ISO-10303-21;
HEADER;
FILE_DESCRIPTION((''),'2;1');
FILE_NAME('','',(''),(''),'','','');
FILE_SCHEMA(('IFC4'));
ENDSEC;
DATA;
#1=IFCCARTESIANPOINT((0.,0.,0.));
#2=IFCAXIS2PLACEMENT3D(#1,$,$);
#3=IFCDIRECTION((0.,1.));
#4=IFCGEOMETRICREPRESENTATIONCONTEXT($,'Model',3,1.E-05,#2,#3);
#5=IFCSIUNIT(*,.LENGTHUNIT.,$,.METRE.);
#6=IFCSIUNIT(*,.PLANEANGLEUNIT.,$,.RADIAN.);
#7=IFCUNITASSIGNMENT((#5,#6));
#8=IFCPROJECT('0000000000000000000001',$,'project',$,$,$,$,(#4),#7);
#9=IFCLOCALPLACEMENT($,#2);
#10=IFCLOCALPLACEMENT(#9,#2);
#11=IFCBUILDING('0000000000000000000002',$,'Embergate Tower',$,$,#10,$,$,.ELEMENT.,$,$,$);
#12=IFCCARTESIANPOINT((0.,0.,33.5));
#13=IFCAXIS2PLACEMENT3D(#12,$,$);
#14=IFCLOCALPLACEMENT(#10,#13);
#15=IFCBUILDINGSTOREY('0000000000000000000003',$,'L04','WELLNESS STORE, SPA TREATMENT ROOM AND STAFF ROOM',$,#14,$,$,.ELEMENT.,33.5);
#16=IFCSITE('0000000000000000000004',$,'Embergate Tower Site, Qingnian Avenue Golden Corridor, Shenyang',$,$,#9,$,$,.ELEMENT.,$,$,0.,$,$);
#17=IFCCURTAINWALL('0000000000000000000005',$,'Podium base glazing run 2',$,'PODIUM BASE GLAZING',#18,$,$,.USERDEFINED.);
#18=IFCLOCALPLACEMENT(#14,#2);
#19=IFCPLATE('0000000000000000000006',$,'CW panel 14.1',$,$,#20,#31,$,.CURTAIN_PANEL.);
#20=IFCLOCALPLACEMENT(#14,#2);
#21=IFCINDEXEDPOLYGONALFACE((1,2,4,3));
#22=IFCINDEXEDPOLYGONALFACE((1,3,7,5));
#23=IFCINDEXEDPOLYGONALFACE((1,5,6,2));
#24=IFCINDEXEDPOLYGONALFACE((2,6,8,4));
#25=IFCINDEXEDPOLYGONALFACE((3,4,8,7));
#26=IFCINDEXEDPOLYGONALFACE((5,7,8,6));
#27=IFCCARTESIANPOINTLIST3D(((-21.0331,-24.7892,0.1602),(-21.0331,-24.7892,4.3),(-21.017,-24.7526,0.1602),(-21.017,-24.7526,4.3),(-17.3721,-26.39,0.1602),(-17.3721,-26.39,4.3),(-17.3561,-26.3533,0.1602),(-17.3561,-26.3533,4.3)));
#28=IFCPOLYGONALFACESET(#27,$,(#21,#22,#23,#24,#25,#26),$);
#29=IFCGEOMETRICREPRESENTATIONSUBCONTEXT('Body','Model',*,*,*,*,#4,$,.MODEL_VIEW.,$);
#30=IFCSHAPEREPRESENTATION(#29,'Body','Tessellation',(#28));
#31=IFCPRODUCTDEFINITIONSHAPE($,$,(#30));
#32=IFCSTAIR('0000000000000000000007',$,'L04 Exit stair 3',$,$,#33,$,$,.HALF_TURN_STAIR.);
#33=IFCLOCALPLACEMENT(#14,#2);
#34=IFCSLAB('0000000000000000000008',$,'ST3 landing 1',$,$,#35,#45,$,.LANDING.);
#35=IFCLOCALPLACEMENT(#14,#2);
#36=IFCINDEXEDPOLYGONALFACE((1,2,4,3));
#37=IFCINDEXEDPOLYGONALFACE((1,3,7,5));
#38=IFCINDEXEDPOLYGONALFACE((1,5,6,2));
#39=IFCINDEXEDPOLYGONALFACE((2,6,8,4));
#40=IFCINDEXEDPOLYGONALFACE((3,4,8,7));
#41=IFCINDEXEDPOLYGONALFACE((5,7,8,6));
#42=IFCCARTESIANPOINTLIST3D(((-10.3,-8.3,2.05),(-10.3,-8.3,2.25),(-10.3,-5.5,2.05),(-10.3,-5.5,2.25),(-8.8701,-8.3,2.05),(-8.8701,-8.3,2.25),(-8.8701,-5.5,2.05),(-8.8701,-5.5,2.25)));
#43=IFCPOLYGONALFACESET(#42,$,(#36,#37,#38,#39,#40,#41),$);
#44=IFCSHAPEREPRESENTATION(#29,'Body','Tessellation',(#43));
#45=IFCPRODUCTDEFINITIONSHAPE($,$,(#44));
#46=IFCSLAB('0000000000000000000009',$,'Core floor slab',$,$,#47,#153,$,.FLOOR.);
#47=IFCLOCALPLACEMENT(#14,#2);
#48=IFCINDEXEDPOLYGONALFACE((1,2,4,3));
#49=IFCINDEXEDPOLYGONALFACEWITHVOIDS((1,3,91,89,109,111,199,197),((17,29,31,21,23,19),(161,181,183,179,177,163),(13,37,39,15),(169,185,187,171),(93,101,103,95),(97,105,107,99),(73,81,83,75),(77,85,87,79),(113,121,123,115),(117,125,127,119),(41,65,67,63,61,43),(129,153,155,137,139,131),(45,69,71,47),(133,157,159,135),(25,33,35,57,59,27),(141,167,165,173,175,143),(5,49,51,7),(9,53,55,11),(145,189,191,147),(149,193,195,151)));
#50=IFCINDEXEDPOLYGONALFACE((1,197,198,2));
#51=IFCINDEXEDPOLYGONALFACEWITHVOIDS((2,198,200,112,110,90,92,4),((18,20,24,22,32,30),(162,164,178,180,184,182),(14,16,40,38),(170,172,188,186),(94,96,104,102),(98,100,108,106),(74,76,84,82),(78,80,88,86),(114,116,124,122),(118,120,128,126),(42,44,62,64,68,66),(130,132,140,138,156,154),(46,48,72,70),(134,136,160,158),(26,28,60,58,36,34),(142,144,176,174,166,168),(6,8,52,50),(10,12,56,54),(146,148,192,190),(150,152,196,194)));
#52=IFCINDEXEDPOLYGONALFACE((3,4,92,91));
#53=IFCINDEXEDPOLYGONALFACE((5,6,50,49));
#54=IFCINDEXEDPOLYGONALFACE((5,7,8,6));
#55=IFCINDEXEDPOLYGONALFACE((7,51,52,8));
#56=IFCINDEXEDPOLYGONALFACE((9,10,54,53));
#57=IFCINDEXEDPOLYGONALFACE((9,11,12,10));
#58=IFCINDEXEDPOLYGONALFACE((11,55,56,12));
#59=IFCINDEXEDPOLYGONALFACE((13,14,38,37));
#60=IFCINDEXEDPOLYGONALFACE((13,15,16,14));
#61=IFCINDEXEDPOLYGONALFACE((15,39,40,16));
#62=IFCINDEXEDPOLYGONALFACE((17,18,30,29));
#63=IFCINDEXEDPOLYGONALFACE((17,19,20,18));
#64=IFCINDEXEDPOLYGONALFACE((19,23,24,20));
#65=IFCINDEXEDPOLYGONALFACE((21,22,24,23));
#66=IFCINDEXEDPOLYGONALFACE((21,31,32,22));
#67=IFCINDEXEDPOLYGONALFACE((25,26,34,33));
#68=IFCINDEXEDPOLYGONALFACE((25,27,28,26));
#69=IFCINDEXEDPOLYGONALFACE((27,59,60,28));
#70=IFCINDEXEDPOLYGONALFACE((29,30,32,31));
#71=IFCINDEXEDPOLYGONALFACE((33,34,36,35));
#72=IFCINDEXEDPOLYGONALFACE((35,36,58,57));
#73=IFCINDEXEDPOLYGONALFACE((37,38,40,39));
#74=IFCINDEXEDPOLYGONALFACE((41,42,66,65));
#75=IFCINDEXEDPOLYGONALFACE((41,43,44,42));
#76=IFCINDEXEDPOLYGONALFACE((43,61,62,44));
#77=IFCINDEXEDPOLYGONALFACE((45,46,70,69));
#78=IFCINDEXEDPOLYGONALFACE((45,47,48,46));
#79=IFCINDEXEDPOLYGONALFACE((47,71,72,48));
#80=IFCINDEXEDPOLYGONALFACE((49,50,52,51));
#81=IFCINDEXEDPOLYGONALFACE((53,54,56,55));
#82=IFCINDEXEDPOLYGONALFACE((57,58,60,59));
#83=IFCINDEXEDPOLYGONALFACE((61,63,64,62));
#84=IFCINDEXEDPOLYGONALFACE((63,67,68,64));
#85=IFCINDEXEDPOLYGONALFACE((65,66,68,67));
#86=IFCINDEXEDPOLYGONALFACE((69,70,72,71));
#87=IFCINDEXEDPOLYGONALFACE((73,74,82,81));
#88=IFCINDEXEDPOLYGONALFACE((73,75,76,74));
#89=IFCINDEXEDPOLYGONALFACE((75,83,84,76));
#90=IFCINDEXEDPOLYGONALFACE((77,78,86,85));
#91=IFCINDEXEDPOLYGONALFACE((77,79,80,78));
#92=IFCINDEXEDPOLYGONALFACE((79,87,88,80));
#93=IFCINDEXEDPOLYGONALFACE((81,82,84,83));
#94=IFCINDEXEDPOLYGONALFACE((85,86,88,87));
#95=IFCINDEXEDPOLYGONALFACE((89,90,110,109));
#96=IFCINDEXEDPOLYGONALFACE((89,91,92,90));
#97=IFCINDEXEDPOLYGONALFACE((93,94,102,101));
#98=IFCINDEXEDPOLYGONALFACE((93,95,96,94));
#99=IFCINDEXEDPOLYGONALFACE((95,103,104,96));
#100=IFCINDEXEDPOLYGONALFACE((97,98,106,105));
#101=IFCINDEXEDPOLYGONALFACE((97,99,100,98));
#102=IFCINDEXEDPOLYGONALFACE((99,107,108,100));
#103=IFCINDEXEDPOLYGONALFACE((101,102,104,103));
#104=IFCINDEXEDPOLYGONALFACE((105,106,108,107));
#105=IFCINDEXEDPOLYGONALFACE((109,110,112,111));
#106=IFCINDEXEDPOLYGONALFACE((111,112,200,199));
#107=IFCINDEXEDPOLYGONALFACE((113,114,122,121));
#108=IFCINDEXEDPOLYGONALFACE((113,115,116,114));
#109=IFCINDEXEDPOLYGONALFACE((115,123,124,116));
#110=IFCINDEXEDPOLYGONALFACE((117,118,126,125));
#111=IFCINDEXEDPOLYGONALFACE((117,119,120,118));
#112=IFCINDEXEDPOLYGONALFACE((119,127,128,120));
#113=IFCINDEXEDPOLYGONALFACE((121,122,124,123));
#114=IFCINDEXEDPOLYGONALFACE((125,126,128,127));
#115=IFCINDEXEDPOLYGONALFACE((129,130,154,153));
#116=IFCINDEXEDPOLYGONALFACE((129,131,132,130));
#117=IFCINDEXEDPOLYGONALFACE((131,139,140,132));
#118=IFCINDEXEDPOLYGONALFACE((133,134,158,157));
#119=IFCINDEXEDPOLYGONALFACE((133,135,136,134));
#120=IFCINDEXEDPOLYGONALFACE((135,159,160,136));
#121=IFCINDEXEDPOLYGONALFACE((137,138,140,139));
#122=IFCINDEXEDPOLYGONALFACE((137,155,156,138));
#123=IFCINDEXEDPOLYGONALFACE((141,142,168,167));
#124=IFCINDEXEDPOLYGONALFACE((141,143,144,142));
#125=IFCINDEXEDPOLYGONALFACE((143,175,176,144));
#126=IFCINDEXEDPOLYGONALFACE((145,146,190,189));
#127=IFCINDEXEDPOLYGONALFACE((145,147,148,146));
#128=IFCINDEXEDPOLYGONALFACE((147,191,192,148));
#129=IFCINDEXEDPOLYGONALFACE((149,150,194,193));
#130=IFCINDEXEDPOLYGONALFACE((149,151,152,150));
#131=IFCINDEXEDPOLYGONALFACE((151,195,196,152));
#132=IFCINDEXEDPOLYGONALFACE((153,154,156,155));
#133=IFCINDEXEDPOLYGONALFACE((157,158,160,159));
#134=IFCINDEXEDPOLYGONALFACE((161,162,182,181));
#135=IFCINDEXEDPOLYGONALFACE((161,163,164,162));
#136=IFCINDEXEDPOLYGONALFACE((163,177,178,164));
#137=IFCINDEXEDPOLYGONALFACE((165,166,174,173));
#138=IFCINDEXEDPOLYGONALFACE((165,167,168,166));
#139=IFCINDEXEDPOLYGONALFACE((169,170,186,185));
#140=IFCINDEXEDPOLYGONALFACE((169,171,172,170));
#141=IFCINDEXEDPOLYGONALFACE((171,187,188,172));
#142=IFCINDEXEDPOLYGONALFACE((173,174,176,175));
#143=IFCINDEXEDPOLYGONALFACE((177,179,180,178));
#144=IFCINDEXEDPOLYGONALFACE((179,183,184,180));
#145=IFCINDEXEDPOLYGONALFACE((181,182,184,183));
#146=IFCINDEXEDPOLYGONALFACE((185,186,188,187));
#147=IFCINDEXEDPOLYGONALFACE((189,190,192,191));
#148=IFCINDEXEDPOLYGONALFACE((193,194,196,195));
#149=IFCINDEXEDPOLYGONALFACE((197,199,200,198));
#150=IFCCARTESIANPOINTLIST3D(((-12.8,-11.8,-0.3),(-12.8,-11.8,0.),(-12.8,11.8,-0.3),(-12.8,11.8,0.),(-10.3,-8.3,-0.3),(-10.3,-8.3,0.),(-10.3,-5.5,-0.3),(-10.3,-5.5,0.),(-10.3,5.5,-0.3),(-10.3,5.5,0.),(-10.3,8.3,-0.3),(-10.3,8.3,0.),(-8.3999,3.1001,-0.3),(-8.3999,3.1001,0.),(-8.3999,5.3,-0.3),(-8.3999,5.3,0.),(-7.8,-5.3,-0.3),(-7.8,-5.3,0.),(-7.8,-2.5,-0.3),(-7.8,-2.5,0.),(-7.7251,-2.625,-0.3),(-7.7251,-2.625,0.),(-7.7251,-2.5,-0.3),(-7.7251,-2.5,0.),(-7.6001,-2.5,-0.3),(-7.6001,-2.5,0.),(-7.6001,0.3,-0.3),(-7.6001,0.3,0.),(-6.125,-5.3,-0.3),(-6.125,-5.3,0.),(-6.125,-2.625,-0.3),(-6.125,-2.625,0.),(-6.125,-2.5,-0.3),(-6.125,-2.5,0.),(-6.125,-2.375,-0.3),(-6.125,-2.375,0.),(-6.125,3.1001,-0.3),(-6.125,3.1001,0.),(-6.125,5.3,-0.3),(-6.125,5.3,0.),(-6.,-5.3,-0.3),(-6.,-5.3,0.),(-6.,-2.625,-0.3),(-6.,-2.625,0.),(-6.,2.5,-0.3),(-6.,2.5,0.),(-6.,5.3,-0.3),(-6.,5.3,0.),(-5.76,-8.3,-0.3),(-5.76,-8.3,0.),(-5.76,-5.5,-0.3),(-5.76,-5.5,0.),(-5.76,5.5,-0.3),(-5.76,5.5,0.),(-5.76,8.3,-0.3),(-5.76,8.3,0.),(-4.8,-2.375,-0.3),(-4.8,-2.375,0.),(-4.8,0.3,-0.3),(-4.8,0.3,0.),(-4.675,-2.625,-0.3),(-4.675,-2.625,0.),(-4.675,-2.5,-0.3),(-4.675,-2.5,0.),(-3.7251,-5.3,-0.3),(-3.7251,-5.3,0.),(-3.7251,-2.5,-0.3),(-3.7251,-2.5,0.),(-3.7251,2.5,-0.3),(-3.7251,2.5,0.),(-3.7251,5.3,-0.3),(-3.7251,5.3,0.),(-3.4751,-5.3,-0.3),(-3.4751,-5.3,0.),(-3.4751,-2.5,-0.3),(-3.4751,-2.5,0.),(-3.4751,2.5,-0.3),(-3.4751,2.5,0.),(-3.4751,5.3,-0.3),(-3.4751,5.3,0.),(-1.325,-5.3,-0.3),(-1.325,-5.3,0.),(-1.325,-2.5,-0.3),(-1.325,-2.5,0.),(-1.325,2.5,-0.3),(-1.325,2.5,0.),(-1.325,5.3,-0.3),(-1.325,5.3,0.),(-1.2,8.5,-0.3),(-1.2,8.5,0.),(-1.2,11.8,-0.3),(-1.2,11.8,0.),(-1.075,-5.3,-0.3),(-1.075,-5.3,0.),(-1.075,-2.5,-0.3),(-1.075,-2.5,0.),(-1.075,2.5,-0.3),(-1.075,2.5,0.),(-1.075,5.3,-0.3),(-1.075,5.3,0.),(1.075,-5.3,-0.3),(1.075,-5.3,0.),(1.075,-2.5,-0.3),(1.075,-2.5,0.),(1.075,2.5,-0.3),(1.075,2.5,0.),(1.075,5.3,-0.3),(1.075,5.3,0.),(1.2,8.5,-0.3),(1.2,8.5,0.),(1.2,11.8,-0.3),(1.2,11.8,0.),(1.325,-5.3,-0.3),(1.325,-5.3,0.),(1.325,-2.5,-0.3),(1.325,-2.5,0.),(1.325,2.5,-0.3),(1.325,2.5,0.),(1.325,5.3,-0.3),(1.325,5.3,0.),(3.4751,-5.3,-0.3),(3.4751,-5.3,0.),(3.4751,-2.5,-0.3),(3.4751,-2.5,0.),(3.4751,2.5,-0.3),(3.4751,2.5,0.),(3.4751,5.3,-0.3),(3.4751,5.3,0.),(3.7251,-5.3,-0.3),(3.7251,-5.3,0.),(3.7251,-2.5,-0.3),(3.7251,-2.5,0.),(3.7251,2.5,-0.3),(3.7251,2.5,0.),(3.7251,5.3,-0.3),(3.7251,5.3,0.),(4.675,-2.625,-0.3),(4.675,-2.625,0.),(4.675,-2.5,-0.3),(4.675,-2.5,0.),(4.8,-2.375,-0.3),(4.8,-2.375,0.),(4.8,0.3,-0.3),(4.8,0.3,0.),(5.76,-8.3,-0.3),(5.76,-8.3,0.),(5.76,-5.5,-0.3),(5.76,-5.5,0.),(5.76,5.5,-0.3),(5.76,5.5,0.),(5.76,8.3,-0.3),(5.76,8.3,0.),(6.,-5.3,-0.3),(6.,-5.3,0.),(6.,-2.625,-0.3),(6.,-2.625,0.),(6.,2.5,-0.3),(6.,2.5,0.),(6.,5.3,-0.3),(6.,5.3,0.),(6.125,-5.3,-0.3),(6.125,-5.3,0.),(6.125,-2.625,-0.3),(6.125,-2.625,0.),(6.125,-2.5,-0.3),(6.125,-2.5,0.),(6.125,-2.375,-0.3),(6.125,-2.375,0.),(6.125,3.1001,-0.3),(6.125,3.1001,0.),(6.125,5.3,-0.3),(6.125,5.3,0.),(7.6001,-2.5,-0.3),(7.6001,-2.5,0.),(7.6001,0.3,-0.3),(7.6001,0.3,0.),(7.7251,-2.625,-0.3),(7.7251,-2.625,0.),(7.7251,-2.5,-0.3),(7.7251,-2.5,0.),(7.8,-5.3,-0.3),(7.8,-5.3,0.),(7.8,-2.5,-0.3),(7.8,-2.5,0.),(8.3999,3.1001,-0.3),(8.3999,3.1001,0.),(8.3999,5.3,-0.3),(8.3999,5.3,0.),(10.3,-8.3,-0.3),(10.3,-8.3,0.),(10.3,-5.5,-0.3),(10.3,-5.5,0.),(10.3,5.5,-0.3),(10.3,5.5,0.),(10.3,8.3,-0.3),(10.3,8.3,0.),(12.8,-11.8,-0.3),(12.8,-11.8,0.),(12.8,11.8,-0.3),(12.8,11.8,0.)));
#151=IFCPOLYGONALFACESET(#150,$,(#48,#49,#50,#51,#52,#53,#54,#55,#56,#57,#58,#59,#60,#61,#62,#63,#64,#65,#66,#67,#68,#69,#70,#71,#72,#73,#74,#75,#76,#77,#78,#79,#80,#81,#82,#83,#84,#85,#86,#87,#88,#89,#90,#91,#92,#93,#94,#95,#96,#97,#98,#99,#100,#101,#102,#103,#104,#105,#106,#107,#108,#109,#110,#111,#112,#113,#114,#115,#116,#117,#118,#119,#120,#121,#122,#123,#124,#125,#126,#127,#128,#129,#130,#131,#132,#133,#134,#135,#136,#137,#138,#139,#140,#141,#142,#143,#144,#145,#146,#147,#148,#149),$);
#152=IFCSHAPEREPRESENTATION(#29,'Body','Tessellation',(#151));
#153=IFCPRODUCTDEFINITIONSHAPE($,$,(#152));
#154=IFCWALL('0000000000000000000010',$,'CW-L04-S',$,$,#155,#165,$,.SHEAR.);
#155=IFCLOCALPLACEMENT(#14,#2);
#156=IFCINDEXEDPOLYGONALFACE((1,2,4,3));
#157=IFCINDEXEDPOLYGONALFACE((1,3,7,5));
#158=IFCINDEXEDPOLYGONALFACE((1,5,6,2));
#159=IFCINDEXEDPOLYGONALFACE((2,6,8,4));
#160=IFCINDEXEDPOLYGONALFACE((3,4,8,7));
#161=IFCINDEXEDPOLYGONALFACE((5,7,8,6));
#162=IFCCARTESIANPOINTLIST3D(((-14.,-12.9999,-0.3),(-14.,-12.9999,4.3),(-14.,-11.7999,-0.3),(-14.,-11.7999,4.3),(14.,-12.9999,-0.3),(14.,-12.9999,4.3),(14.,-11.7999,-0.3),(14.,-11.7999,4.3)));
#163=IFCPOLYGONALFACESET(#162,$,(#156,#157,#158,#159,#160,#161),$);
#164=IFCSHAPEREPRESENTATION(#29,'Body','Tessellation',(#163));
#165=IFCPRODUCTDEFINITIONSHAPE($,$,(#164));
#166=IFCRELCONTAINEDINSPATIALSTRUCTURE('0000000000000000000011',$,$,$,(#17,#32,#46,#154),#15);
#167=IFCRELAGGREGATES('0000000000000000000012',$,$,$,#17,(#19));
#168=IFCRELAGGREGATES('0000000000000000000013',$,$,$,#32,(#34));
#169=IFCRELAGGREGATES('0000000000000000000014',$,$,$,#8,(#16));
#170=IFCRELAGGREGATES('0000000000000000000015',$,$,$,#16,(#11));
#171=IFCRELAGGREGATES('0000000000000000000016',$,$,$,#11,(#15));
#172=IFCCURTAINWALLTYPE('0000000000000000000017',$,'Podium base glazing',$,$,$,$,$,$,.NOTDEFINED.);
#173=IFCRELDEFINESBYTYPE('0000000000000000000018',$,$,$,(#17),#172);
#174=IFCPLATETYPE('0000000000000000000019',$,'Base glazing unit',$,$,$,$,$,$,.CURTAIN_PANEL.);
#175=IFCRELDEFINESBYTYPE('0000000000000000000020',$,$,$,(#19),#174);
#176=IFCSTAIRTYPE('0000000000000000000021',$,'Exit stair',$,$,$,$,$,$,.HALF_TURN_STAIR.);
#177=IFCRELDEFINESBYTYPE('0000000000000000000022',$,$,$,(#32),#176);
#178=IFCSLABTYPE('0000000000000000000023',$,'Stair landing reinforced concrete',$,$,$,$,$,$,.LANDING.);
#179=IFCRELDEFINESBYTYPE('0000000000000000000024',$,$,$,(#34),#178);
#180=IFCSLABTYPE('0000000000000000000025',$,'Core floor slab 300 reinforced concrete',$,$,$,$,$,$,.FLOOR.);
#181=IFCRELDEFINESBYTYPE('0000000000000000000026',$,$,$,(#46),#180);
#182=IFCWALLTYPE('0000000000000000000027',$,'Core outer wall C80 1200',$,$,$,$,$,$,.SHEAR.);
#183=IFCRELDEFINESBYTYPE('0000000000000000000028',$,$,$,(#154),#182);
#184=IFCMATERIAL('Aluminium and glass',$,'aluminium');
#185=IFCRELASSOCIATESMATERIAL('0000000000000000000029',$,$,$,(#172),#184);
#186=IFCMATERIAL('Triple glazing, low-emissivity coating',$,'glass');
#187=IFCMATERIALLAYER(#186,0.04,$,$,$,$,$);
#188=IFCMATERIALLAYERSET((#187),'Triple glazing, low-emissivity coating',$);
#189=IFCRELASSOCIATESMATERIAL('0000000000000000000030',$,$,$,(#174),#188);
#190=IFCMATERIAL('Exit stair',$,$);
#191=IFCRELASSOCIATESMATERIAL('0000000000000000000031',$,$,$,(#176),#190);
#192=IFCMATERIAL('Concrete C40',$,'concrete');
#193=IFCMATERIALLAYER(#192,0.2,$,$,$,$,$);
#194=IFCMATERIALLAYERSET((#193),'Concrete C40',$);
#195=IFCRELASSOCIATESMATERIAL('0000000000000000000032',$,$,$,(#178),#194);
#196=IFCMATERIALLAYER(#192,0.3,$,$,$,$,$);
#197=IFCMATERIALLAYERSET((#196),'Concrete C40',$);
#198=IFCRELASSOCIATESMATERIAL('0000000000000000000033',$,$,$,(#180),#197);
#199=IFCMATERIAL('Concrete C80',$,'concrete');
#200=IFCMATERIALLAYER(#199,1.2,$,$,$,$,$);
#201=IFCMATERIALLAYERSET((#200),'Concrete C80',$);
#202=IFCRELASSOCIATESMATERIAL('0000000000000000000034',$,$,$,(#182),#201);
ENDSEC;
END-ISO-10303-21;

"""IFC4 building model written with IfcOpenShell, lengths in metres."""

from ifc_helpers import new_model, si_unit, direction, frame, frame_2d, origin, origin_2d, place, context, subcontext, project, spatial, polyline, rectangle, outline, extrude, source, transform, mapped, material, layer, layer_set, type_object, element, aggregate, save


model = new_model("IFC4")

# Units and contexts
model_context = context("Model", 3, precision=1e-05, world=origin(), true_north=direction((0.0, 1.0)))
body_context = subcontext(model_context, "Body", "Model", "MODEL_VIEW")
ifc_project = project(units=[si_unit("LENGTHUNIT", "METRE"), si_unit("PLANEANGLEUNIT", "RADIAN")], contexts=[model_context])

# Site, building, storey
site_placement = place(None, origin())
site = spatial("IfcSite", under=ifc_project, at=site_placement, Name="Embergate Tower Site, Qingnian Avenue Golden Corridor, Shenyang", CompositionType="ELEMENT", RefElevation=0.0)
building_placement = place(site_placement, origin())
building = spatial("IfcBuilding", under=site, at=building_placement, Name="Embergate Tower", CompositionType="ELEMENT")
storey_placement = place(building_placement, frame((0.0, 0.0, 33.5)))
storey = spatial("IfcBuildingStorey", under=building, at=storey_placement, Name="L04", Description="WELLNESS STORE, SPA TREATMENT ROOM AND STAFF ROOM", CompositionType="ELEMENT", Elevation=33.5)

# Curtain wall, plate
ifc_material_1 = material(Name="Aluminium and glass", Category="aluminium")
curtain_wall_type = type_object("IfcCurtainWallType", Name="Podium base glazing", PredefinedType="NOTDEFINED", material=ifc_material_1)
curtain_wall_placement = place(storey_placement, origin())
curtain_wall = element("IfcCurtainWall", 1, at=curtain_wall_placement, inside=storey, type_object=curtain_wall_type, Name="Podium base glazing run 2", ObjectType="PODIUM BASE GLAZING", PredefinedType="USERDEFINED")
ifc_material_2 = material(Name="Triple glazing, low-emissivity coating", Category="glass")
ifc_layer_1 = layer(ifc_material_2, 0.04)
ifc_layer_set_1 = layer_set([ifc_layer_1], Name="Triple glazing, low-emissivity coating")
plate_type = type_object("IfcPlateType", Name="Base glazing unit", PredefinedType="CURTAIN_PANEL", material=ifc_layer_set_1)
shared_shape_1 = source(origin(), body_context, "Body", "SweptSolid", [
    extrude(rectangle(XDim=3.9956, YDim=0.04, at=origin_2d()), origin(), (0.0, 0.0, 1.0), 4.1399),
])
plate_placement = place(storey_placement, frame((-19.1946, -25.5713, 0.1602), z_axis=(0.0, 0.0, 1.0), x_axis=(0.916237, -0.400637, 0.0)))
plate = element("IfcPlate", 2, at=plate_placement, type_object=plate_type, Name="CW panel 14.1", PredefinedType="CURTAIN_PANEL", context=body_context, shape_type="MappedRepresentation", body=[
    mapped(shared_shape_1, transform((0.0, 0.0, 0.0))),
])
aggregate(curtain_wall, [plate])

# Stair, slab
ifc_material_3 = material(Name="Exit stair")
stair_type = type_object("IfcStairType", Name="Exit stair", PredefinedType="HALF_TURN_STAIR", material=ifc_material_3)
stair_placement = place(storey_placement, origin())
stair = element("IfcStair", 3, at=stair_placement, inside=storey, type_object=stair_type, Name="L04 Exit stair 3", PredefinedType="HALF_TURN_STAIR")
ifc_material_4 = material(Name="Concrete C40", Category="concrete")
ifc_layer_2 = layer(ifc_material_4, 0.2)
ifc_layer_set_2 = layer_set([ifc_layer_2], Name="Concrete C40")
slab_type_1 = type_object("IfcSlabType", Name="Stair landing reinforced concrete", PredefinedType="LANDING", material=ifc_layer_set_2)
shared_shape_2 = source(origin(), body_context, "Body", "SweptSolid", [
    extrude(outline(polyline([(0.0, 0.0), (1.4299, 0.0), (1.4299, 2.8), (0.0, 2.8), (0.0, 0.0)])), origin(), (0.0, 0.0, 1.0), 0.2),
])
slab_1_placement = place(storey_placement, frame((-10.3, -8.3, 2.05)))
slab_1 = element("IfcSlab", 4, at=slab_1_placement, type_object=slab_type_1, Name="ST3 landing 1", PredefinedType="LANDING", context=body_context, shape_type="MappedRepresentation", body=[
    mapped(shared_shape_2, transform((0.0, 0.0, 0.0))),
])

# Slab
ifc_layer_3 = layer(ifc_material_4, 0.3)
ifc_layer_set_3 = layer_set([ifc_layer_3], Name="Concrete C40")
slab_type_2 = type_object("IfcSlabType", Name="Core floor slab 300 reinforced concrete", PredefinedType="FLOOR", material=ifc_layer_set_3)
shared_shape_3 = source(origin(), body_context, "Body", "SweptSolid", [
    extrude(outline(polyline([(0.0, 0.0), (25.6001, 0.0), (25.6001, 23.6001), (14.0, 23.6001), (14.0, 20.3), (11.6001, 20.3), (11.6001, 23.6001), (0.0, 23.6001), (0.0, 0.0)]), holes=[polyline([(2.5, 3.5), (2.5, 6.3), (7.04, 6.3), (7.04, 3.5), (2.5, 3.5)]), polyline([(18.5601, 3.5), (18.5601, 6.3), (23.1001, 6.3), (23.1001, 3.5), (18.5601, 3.5)]), polyline([(5.0, 6.5), (5.0, 9.3), (5.075, 9.3), (5.075, 9.175), (6.675, 9.175), (6.675, 6.5), (5.0, 6.5)]), polyline([(6.8, 6.5), (6.8, 9.175), (8.125, 9.175), (8.125, 9.3), (9.075, 9.3), (9.075, 6.5), (6.8, 6.5)]), polyline([(9.325, 6.5), (9.325, 9.3), (11.4751, 9.3), (11.4751, 6.5), (9.325, 6.5)]), polyline([(11.7251, 6.5), (11.7251, 9.3), (13.875, 9.3), (13.875, 6.5), (11.7251, 6.5)]), polyline([(14.125, 6.5), (14.125, 9.3), (16.2751, 9.3), (16.2751, 6.5), (14.125, 6.5)]), polyline([(16.5251, 6.5), (16.5251, 9.3), (17.4751, 9.3), (17.4751, 9.175), (18.8, 9.175), (18.8, 6.5), (16.5251, 6.5)]), polyline([(18.925, 6.5), (18.925, 9.175), (20.5251, 9.175), (20.5251, 9.3), (20.6001, 9.3), (20.6001, 6.5), (18.925, 6.5)]), polyline([(5.2, 9.3), (5.2, 12.1001), (8.0, 12.1001), (8.0, 9.425), (6.675, 9.425), (6.675, 9.3), (5.2, 9.3)]), polyline([(18.925, 9.3), (18.925, 9.425), (17.6001, 9.425), (17.6001, 12.1001), (20.4001, 12.1001), (20.4001, 9.3), (18.925, 9.3)]), polyline([(6.8, 14.3), (6.8, 17.1001), (9.075, 17.1001), (9.075, 14.3), (6.8, 14.3)]), polyline([(9.325, 14.3), (9.325, 17.1001), (11.4751, 17.1001), (11.4751, 14.3), (9.325, 14.3)]), polyline([(11.7251, 14.3), (11.7251, 17.1001), (13.875, 17.1001), (13.875, 14.3), (11.7251, 14.3)]), polyline([(14.125, 14.3), (14.125, 17.1001), (16.2751, 17.1001), (16.2751, 14.3), (14.125, 14.3)]), polyline([(16.5251, 14.3), (16.5251, 17.1001), (18.8, 17.1001), (18.8, 14.3), (16.5251, 14.3)]), polyline([(4.4001, 14.9001), (4.4001, 17.1001), (6.675, 17.1001), (6.675, 14.9001), (4.4001, 14.9001)]), polyline([(18.925, 14.9001), (18.925, 17.1001), (21.2, 17.1001), (21.2, 14.9001), (18.925, 14.9001)]), polyline([(2.5, 17.3), (2.5, 20.1001), (7.04, 20.1001), (7.04, 17.3), (2.5, 17.3)]), polyline([(18.5601, 17.3), (18.5601, 20.1001), (23.1001, 20.1001), (23.1001, 17.3), (18.5601, 17.3)])]), origin(), (0.0, 0.0, 1.0), 0.3),
])
slab_2_placement = place(storey_placement, frame((-12.8, -11.8, -0.3)))
element("IfcSlab", 5, at=slab_2_placement, inside=storey, type_object=slab_type_2, Name="Core floor slab", PredefinedType="FLOOR", context=body_context, shape_type="MappedRepresentation", body=[
    mapped(shared_shape_3, transform((0.0, 0.0, 0.0))),
])

# Wall
ifc_material_5 = material(Name="Concrete C80", Category="concrete")
ifc_layer_4 = layer(ifc_material_5, 1.2)
ifc_layer_set_4 = layer_set([ifc_layer_4], Name="Concrete C80")
wall_type_1 = type_object("IfcWallType", Name="Core outer wall C80 1200", PredefinedType="SHEAR", material=ifc_layer_set_4)
shared_shape_4 = source(origin(), body_context, "Body", "SweptSolid", [
    extrude(rectangle(XDim=28.0, YDim=1.2, at=frame_2d((14.0, 0.0))), origin(), (0.0, 0.0, 1.0), 4.6001),
])
wall_1_placement = place(storey_placement, frame((-14.0, -12.3999, -0.3), z_axis=(0.0, 0.0, 1.0), x_axis=(1.0, 0.0, 0.0)))
element("IfcWall", 6, at=wall_1_placement, inside=storey, type_object=wall_type_1, Name="CW-L04-S", PredefinedType="SHEAR", context=body_context, shape_type="MappedRepresentation", body=[
    mapped(shared_shape_4, transform((0.0, 0.0, 0.0))),
])

aggregate(stair, [slab_1])

save(model, "model.ifc")
